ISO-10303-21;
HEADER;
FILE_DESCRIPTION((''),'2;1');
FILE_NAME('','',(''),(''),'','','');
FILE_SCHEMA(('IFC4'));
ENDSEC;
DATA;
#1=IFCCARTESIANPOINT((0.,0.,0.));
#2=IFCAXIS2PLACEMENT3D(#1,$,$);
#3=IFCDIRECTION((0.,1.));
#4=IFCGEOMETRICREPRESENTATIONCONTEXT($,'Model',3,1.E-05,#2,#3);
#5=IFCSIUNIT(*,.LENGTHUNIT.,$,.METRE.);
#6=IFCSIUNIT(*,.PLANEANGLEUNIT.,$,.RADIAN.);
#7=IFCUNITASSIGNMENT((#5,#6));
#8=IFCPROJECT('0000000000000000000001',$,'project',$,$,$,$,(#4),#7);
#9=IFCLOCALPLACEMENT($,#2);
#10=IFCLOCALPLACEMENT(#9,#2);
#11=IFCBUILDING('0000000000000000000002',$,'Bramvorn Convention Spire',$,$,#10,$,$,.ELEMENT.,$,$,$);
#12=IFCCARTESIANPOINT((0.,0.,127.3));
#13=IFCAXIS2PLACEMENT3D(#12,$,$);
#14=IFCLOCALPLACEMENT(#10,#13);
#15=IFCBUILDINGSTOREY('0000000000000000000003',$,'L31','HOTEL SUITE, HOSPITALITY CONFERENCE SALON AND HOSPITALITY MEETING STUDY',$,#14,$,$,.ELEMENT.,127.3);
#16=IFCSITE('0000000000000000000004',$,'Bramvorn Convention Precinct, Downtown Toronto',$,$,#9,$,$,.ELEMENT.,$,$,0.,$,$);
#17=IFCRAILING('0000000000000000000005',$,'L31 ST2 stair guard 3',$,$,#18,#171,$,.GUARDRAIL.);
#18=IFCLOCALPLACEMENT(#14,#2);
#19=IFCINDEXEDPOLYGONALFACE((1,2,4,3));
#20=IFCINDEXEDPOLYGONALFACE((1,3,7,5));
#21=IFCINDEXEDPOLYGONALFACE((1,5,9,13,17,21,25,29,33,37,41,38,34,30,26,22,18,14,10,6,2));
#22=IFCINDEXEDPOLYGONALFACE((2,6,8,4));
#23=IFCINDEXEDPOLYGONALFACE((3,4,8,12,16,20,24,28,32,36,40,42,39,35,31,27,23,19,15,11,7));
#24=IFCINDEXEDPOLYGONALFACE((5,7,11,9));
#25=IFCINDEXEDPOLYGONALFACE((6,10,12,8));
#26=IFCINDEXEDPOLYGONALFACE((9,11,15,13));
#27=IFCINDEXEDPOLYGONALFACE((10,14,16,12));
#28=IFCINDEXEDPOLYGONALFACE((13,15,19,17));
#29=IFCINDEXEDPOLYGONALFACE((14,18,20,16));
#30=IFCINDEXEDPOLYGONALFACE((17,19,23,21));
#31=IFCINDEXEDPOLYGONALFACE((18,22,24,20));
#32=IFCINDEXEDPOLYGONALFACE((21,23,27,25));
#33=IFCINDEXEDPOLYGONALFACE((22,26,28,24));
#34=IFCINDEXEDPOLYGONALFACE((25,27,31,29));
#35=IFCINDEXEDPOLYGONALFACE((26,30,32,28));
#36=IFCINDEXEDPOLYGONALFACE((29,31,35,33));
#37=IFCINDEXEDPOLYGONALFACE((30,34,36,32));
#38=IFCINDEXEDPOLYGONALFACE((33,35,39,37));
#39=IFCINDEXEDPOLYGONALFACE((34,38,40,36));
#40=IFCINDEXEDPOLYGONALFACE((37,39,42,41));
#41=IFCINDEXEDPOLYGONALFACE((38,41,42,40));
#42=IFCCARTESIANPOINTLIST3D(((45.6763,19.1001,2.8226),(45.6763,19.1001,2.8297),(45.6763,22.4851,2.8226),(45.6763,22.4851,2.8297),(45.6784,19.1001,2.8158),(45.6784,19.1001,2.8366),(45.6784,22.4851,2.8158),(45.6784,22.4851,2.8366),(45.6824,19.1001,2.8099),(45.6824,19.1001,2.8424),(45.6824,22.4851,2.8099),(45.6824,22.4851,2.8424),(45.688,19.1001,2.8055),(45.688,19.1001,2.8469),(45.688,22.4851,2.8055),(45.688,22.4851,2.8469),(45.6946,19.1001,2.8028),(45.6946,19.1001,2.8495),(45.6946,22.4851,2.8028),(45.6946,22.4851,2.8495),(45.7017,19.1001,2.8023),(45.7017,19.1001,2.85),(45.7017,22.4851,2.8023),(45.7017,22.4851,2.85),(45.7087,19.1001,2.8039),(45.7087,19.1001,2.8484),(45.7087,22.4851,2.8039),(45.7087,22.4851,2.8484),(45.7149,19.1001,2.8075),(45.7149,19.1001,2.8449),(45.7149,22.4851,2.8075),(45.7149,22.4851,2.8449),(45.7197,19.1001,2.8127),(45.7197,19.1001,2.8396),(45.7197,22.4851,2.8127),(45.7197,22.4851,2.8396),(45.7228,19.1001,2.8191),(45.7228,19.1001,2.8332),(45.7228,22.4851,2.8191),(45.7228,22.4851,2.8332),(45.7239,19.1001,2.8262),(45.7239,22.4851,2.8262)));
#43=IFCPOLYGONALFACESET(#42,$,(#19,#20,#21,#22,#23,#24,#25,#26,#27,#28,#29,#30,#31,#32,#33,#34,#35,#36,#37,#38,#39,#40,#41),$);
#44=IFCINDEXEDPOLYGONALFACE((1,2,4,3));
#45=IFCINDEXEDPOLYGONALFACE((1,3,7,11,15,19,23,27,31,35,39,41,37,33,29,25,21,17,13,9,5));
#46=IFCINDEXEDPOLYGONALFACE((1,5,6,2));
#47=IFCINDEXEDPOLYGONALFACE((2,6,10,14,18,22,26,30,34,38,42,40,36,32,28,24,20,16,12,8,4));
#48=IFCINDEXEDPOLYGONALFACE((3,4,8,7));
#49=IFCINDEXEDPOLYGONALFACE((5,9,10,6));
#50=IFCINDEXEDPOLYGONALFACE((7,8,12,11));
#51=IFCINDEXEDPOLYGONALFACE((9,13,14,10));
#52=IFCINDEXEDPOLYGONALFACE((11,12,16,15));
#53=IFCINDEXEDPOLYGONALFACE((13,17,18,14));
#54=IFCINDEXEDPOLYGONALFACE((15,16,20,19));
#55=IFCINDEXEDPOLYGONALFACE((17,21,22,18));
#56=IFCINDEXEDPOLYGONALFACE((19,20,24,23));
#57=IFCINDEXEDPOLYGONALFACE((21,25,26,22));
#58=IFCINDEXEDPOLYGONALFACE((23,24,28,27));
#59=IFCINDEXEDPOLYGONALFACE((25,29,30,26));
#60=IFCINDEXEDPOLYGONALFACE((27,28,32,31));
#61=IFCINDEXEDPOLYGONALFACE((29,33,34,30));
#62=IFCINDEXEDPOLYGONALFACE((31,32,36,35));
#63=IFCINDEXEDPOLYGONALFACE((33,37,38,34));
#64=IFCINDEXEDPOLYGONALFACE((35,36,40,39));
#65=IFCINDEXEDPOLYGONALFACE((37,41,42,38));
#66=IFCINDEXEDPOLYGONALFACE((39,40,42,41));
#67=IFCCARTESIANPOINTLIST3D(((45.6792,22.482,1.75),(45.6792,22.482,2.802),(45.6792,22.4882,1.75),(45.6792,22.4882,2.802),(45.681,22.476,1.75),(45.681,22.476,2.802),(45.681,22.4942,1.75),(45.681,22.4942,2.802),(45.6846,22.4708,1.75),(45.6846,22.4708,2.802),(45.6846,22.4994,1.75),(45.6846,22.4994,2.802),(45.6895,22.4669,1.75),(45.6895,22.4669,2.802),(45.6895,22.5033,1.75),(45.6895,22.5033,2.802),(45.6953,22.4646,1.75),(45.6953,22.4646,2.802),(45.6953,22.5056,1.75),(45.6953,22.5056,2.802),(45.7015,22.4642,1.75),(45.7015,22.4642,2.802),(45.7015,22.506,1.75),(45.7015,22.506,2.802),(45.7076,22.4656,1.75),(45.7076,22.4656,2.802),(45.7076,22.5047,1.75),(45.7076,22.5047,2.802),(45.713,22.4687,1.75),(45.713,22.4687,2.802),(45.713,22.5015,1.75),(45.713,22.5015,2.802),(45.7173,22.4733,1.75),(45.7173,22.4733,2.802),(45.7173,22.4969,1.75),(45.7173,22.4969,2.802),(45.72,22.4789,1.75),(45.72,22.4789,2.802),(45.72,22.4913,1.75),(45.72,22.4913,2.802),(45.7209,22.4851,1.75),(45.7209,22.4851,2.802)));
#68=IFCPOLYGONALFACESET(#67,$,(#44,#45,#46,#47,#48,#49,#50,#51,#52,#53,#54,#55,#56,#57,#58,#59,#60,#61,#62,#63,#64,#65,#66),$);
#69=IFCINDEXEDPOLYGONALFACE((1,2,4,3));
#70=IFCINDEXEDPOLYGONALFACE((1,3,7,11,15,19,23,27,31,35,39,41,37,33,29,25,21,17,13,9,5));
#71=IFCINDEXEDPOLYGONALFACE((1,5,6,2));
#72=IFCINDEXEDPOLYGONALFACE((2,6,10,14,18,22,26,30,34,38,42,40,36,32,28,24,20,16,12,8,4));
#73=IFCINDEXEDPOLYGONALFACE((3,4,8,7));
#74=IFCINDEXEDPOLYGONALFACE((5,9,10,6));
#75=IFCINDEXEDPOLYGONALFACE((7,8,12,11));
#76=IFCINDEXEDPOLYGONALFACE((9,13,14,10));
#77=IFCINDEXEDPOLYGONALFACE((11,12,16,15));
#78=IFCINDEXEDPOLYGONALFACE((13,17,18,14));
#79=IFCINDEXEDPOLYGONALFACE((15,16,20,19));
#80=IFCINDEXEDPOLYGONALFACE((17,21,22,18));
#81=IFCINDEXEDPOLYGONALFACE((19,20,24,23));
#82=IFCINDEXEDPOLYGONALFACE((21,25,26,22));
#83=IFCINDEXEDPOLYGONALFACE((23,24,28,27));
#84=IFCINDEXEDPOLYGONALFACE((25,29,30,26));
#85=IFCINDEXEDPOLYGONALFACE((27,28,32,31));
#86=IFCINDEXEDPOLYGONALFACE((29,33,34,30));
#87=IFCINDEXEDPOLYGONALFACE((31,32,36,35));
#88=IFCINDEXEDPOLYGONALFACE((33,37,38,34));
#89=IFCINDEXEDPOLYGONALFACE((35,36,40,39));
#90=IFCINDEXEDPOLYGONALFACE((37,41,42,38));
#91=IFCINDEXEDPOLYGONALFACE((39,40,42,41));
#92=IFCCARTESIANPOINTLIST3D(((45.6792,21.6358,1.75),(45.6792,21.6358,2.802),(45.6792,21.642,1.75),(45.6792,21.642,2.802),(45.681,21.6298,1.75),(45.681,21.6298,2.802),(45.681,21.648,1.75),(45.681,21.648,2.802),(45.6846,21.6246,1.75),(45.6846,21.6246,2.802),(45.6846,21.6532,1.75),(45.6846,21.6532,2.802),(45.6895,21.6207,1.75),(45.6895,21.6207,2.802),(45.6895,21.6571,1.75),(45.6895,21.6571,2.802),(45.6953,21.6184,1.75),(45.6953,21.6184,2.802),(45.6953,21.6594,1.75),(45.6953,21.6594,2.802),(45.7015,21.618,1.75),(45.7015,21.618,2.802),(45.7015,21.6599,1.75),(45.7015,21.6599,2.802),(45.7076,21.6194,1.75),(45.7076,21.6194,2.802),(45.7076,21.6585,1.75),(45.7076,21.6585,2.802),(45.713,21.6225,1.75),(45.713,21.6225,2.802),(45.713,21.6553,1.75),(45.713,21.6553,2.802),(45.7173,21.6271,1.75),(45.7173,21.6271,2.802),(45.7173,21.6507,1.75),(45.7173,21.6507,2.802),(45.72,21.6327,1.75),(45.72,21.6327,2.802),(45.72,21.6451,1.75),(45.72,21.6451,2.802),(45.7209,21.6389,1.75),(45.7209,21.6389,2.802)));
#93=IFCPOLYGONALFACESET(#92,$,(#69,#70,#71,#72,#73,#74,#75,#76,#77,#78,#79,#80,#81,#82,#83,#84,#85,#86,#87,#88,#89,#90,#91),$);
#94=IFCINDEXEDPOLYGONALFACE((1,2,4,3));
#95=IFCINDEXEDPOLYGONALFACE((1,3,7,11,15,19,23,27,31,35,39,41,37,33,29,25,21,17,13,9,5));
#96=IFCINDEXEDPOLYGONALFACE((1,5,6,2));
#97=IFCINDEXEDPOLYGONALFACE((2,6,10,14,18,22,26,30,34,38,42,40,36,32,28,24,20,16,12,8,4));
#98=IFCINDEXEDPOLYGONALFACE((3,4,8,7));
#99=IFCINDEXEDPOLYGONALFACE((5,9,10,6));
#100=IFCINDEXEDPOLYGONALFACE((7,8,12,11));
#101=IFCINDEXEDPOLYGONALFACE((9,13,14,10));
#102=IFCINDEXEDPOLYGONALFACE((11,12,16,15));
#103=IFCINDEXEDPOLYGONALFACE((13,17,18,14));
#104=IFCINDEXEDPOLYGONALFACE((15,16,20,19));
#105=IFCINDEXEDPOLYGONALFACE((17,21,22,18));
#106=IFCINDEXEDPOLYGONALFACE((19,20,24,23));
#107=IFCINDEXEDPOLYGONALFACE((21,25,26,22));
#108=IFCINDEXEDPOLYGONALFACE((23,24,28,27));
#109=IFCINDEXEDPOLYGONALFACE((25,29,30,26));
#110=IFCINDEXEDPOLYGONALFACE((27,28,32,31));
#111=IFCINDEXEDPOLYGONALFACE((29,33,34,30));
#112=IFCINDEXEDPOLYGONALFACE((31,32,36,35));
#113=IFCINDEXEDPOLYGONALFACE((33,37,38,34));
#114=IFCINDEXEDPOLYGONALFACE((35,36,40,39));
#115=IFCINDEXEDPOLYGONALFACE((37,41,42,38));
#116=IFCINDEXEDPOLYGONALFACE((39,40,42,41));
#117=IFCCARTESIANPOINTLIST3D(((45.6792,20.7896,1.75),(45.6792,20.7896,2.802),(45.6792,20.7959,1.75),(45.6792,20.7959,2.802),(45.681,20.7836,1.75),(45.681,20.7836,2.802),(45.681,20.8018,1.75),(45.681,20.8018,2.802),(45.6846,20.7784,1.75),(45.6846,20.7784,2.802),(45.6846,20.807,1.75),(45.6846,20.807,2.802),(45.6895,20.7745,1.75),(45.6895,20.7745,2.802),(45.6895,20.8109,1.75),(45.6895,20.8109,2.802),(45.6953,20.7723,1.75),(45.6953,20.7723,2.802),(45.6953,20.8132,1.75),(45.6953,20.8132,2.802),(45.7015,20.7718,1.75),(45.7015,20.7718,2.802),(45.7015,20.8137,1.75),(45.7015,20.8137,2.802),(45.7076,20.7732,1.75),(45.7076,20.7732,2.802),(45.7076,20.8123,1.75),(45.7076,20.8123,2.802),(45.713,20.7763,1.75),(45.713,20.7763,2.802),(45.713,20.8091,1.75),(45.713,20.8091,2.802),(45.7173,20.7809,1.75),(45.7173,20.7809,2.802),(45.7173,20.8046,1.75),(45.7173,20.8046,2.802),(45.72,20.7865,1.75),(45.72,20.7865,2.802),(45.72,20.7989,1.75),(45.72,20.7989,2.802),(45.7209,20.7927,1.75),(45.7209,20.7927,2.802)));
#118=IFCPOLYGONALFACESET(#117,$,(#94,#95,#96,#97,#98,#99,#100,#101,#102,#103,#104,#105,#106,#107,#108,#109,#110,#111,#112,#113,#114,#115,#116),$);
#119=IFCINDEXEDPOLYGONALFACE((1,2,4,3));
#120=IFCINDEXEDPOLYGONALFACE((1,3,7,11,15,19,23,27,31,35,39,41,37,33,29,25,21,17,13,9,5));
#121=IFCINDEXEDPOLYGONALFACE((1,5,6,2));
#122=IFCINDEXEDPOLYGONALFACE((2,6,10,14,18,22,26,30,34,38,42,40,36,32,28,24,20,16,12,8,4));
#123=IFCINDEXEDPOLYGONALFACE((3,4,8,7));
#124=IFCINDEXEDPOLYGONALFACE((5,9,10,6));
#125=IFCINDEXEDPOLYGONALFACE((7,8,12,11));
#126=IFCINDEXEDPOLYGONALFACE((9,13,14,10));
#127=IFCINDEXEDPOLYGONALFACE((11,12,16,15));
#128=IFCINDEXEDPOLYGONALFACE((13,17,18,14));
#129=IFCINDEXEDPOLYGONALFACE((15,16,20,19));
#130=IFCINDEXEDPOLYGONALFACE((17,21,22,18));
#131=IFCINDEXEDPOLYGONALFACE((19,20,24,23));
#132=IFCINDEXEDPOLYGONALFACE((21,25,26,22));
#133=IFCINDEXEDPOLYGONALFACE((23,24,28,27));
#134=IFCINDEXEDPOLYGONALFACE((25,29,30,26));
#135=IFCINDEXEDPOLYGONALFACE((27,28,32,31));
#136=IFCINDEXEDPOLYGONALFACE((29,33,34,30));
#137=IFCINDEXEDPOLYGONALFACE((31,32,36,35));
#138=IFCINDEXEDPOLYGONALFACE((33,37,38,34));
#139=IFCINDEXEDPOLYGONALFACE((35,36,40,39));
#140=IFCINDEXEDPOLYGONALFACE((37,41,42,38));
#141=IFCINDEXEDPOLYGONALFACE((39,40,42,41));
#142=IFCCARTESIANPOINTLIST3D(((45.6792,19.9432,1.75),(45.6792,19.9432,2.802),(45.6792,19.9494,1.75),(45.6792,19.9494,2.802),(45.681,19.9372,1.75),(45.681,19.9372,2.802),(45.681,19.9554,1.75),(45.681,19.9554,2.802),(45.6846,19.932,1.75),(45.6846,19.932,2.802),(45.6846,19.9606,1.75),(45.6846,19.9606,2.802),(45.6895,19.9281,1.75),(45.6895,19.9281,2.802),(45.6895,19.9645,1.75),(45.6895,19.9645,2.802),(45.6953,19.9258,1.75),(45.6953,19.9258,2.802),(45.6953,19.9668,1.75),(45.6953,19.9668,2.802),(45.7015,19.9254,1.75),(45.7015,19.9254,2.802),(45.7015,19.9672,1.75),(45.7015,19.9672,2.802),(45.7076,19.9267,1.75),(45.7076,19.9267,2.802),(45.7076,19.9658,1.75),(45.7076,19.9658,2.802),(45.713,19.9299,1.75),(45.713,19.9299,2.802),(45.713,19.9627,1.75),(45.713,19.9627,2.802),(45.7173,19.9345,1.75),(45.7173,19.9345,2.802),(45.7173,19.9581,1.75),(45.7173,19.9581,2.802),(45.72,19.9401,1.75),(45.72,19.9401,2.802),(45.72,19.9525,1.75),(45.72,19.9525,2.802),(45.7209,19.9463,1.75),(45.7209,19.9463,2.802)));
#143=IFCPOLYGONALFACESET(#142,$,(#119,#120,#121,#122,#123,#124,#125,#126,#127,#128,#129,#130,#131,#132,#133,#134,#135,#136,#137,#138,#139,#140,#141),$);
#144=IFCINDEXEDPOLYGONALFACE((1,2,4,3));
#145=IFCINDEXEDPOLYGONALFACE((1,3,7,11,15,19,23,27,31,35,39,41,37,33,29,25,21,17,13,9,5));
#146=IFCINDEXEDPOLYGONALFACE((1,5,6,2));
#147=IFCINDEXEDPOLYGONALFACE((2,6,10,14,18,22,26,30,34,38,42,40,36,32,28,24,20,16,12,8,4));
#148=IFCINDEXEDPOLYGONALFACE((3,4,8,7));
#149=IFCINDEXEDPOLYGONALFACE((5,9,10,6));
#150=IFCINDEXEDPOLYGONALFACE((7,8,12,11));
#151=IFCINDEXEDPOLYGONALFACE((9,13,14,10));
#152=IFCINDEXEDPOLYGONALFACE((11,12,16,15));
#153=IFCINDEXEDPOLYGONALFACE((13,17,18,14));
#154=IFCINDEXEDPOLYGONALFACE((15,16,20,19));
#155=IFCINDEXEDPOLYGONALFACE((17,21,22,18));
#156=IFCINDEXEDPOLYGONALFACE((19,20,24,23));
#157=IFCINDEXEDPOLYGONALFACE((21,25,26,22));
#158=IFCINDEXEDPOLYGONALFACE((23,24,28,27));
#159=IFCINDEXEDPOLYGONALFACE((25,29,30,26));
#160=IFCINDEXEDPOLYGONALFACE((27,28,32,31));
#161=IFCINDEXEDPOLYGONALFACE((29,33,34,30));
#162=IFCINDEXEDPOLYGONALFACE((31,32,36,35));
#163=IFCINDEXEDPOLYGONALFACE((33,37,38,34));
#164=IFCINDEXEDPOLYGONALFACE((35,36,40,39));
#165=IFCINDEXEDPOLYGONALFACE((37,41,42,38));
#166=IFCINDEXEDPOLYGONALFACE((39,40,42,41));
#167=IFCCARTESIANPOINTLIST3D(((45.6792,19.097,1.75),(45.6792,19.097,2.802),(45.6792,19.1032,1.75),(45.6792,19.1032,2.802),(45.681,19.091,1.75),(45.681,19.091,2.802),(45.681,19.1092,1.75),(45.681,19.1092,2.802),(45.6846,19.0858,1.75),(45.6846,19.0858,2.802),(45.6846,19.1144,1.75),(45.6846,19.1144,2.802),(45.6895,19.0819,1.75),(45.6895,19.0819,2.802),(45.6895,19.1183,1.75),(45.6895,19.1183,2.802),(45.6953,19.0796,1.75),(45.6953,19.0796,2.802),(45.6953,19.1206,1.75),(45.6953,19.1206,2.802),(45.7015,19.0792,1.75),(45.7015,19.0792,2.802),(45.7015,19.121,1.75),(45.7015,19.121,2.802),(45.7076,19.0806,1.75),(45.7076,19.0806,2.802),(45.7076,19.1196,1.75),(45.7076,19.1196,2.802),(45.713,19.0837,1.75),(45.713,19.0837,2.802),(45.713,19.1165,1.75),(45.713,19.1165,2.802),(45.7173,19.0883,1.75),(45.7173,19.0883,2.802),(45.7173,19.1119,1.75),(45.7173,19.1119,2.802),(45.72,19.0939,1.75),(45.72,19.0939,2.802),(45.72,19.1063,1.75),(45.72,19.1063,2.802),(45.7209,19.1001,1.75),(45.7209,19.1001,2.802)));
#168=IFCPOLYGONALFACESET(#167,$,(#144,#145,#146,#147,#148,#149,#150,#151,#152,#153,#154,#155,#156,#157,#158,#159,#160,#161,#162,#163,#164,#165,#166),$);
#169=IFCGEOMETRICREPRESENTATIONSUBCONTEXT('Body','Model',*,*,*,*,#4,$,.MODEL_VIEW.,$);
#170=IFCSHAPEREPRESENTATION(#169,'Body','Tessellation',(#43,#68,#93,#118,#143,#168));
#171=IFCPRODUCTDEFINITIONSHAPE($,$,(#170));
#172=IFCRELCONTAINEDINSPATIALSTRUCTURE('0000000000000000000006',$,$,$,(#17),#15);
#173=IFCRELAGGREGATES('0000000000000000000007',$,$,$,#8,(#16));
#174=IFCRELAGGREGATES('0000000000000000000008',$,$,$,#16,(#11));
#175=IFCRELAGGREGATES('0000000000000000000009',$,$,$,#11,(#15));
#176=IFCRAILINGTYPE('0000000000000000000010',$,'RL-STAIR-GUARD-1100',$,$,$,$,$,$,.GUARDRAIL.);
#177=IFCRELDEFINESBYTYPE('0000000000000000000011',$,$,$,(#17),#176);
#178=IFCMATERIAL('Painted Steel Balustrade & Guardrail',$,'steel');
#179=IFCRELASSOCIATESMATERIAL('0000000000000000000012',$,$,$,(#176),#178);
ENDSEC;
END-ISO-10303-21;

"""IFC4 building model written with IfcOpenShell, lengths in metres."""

from ifc_helpers import new_model, si_unit, direction, frame, origin, origin_2d, place, context, subcontext, project, spatial, circle, extrude, material, type_object, element, save


model = new_model("IFC4")

# Units and contexts
model_context = context("Model", 3, precision=1e-05, world=origin(), true_north=direction((0.0, 1.0)))
body_context = subcontext(model_context, "Body", "Model", "MODEL_VIEW")
ifc_project = project(units=[si_unit("LENGTHUNIT", "METRE"), si_unit("PLANEANGLEUNIT", "RADIAN")], contexts=[model_context])

# Site, building, storey
site_placement = place(None, origin())
site = spatial("IfcSite", under=ifc_project, at=site_placement, Name="Bramvorn Convention Precinct, Downtown Toronto", CompositionType="ELEMENT", RefElevation=0.0)
building_placement = place(site_placement, origin())
building = spatial("IfcBuilding", under=site, at=building_placement, Name="Bramvorn Convention Spire", CompositionType="ELEMENT")
storey_placement = place(building_placement, frame((0.0, 0.0, 127.3)))
storey = spatial("IfcBuildingStorey", under=building, at=storey_placement, Name="L31", Description="HOTEL SUITE, HOSPITALITY CONFERENCE SALON AND HOSPITALITY MEETING STUDY", CompositionType="ELEMENT", Elevation=127.3)

# Railing
ifc_material_1 = material(Name="Painted Steel Balustrade & Guardrail", Category="steel")
railing_type_1 = type_object("IfcRailingType", Name="RL-STAIR-GUARD-1100", PredefinedType="GUARDRAIL", material=ifc_material_1)
railing_1_placement = place(storey_placement, frame((45.7, 22.4851, 1.75)))
element("IfcRailing", 1, at=railing_1_placement, inside=storey, type_object=railing_type_1, Name="L31 ST2 stair guard 3", PredefinedType="GUARDRAIL", context=body_context, shape_type="SweptSolid", body=[
    extrude(circle(Radius=0.0239, at=origin_2d()), frame((0.0, 0.0, 1.0762), z_axis=(0.0, -1.0, 0.0), x_axis=(1.0, 0.0, 0.0)), (0.0, 0.0, 1.0), 3.385),
    extrude(circle(Radius=0.021, at=origin_2d()), origin(), (0.0, 0.0, 1.0), 1.052),
    extrude(circle(Radius=0.021, at=origin_2d()), frame((0.0, -0.8462, 0.0)), (0.0, 0.0, 1.0), 1.052),
    extrude(circle(Radius=0.021, at=origin_2d()), frame((0.0, -1.6924, 0.0)), (0.0, 0.0, 1.0), 1.052),
    extrude(circle(Radius=0.021, at=origin_2d()), frame((0.0, -2.5388, 0.0)), (0.0, 0.0, 1.0), 1.052),
    extrude(circle(Radius=0.021, at=origin_2d()), frame((0.0, -3.385, 0.0)), (0.0, 0.0, 1.0), 1.052),
])

save(model, "model.ifc")
